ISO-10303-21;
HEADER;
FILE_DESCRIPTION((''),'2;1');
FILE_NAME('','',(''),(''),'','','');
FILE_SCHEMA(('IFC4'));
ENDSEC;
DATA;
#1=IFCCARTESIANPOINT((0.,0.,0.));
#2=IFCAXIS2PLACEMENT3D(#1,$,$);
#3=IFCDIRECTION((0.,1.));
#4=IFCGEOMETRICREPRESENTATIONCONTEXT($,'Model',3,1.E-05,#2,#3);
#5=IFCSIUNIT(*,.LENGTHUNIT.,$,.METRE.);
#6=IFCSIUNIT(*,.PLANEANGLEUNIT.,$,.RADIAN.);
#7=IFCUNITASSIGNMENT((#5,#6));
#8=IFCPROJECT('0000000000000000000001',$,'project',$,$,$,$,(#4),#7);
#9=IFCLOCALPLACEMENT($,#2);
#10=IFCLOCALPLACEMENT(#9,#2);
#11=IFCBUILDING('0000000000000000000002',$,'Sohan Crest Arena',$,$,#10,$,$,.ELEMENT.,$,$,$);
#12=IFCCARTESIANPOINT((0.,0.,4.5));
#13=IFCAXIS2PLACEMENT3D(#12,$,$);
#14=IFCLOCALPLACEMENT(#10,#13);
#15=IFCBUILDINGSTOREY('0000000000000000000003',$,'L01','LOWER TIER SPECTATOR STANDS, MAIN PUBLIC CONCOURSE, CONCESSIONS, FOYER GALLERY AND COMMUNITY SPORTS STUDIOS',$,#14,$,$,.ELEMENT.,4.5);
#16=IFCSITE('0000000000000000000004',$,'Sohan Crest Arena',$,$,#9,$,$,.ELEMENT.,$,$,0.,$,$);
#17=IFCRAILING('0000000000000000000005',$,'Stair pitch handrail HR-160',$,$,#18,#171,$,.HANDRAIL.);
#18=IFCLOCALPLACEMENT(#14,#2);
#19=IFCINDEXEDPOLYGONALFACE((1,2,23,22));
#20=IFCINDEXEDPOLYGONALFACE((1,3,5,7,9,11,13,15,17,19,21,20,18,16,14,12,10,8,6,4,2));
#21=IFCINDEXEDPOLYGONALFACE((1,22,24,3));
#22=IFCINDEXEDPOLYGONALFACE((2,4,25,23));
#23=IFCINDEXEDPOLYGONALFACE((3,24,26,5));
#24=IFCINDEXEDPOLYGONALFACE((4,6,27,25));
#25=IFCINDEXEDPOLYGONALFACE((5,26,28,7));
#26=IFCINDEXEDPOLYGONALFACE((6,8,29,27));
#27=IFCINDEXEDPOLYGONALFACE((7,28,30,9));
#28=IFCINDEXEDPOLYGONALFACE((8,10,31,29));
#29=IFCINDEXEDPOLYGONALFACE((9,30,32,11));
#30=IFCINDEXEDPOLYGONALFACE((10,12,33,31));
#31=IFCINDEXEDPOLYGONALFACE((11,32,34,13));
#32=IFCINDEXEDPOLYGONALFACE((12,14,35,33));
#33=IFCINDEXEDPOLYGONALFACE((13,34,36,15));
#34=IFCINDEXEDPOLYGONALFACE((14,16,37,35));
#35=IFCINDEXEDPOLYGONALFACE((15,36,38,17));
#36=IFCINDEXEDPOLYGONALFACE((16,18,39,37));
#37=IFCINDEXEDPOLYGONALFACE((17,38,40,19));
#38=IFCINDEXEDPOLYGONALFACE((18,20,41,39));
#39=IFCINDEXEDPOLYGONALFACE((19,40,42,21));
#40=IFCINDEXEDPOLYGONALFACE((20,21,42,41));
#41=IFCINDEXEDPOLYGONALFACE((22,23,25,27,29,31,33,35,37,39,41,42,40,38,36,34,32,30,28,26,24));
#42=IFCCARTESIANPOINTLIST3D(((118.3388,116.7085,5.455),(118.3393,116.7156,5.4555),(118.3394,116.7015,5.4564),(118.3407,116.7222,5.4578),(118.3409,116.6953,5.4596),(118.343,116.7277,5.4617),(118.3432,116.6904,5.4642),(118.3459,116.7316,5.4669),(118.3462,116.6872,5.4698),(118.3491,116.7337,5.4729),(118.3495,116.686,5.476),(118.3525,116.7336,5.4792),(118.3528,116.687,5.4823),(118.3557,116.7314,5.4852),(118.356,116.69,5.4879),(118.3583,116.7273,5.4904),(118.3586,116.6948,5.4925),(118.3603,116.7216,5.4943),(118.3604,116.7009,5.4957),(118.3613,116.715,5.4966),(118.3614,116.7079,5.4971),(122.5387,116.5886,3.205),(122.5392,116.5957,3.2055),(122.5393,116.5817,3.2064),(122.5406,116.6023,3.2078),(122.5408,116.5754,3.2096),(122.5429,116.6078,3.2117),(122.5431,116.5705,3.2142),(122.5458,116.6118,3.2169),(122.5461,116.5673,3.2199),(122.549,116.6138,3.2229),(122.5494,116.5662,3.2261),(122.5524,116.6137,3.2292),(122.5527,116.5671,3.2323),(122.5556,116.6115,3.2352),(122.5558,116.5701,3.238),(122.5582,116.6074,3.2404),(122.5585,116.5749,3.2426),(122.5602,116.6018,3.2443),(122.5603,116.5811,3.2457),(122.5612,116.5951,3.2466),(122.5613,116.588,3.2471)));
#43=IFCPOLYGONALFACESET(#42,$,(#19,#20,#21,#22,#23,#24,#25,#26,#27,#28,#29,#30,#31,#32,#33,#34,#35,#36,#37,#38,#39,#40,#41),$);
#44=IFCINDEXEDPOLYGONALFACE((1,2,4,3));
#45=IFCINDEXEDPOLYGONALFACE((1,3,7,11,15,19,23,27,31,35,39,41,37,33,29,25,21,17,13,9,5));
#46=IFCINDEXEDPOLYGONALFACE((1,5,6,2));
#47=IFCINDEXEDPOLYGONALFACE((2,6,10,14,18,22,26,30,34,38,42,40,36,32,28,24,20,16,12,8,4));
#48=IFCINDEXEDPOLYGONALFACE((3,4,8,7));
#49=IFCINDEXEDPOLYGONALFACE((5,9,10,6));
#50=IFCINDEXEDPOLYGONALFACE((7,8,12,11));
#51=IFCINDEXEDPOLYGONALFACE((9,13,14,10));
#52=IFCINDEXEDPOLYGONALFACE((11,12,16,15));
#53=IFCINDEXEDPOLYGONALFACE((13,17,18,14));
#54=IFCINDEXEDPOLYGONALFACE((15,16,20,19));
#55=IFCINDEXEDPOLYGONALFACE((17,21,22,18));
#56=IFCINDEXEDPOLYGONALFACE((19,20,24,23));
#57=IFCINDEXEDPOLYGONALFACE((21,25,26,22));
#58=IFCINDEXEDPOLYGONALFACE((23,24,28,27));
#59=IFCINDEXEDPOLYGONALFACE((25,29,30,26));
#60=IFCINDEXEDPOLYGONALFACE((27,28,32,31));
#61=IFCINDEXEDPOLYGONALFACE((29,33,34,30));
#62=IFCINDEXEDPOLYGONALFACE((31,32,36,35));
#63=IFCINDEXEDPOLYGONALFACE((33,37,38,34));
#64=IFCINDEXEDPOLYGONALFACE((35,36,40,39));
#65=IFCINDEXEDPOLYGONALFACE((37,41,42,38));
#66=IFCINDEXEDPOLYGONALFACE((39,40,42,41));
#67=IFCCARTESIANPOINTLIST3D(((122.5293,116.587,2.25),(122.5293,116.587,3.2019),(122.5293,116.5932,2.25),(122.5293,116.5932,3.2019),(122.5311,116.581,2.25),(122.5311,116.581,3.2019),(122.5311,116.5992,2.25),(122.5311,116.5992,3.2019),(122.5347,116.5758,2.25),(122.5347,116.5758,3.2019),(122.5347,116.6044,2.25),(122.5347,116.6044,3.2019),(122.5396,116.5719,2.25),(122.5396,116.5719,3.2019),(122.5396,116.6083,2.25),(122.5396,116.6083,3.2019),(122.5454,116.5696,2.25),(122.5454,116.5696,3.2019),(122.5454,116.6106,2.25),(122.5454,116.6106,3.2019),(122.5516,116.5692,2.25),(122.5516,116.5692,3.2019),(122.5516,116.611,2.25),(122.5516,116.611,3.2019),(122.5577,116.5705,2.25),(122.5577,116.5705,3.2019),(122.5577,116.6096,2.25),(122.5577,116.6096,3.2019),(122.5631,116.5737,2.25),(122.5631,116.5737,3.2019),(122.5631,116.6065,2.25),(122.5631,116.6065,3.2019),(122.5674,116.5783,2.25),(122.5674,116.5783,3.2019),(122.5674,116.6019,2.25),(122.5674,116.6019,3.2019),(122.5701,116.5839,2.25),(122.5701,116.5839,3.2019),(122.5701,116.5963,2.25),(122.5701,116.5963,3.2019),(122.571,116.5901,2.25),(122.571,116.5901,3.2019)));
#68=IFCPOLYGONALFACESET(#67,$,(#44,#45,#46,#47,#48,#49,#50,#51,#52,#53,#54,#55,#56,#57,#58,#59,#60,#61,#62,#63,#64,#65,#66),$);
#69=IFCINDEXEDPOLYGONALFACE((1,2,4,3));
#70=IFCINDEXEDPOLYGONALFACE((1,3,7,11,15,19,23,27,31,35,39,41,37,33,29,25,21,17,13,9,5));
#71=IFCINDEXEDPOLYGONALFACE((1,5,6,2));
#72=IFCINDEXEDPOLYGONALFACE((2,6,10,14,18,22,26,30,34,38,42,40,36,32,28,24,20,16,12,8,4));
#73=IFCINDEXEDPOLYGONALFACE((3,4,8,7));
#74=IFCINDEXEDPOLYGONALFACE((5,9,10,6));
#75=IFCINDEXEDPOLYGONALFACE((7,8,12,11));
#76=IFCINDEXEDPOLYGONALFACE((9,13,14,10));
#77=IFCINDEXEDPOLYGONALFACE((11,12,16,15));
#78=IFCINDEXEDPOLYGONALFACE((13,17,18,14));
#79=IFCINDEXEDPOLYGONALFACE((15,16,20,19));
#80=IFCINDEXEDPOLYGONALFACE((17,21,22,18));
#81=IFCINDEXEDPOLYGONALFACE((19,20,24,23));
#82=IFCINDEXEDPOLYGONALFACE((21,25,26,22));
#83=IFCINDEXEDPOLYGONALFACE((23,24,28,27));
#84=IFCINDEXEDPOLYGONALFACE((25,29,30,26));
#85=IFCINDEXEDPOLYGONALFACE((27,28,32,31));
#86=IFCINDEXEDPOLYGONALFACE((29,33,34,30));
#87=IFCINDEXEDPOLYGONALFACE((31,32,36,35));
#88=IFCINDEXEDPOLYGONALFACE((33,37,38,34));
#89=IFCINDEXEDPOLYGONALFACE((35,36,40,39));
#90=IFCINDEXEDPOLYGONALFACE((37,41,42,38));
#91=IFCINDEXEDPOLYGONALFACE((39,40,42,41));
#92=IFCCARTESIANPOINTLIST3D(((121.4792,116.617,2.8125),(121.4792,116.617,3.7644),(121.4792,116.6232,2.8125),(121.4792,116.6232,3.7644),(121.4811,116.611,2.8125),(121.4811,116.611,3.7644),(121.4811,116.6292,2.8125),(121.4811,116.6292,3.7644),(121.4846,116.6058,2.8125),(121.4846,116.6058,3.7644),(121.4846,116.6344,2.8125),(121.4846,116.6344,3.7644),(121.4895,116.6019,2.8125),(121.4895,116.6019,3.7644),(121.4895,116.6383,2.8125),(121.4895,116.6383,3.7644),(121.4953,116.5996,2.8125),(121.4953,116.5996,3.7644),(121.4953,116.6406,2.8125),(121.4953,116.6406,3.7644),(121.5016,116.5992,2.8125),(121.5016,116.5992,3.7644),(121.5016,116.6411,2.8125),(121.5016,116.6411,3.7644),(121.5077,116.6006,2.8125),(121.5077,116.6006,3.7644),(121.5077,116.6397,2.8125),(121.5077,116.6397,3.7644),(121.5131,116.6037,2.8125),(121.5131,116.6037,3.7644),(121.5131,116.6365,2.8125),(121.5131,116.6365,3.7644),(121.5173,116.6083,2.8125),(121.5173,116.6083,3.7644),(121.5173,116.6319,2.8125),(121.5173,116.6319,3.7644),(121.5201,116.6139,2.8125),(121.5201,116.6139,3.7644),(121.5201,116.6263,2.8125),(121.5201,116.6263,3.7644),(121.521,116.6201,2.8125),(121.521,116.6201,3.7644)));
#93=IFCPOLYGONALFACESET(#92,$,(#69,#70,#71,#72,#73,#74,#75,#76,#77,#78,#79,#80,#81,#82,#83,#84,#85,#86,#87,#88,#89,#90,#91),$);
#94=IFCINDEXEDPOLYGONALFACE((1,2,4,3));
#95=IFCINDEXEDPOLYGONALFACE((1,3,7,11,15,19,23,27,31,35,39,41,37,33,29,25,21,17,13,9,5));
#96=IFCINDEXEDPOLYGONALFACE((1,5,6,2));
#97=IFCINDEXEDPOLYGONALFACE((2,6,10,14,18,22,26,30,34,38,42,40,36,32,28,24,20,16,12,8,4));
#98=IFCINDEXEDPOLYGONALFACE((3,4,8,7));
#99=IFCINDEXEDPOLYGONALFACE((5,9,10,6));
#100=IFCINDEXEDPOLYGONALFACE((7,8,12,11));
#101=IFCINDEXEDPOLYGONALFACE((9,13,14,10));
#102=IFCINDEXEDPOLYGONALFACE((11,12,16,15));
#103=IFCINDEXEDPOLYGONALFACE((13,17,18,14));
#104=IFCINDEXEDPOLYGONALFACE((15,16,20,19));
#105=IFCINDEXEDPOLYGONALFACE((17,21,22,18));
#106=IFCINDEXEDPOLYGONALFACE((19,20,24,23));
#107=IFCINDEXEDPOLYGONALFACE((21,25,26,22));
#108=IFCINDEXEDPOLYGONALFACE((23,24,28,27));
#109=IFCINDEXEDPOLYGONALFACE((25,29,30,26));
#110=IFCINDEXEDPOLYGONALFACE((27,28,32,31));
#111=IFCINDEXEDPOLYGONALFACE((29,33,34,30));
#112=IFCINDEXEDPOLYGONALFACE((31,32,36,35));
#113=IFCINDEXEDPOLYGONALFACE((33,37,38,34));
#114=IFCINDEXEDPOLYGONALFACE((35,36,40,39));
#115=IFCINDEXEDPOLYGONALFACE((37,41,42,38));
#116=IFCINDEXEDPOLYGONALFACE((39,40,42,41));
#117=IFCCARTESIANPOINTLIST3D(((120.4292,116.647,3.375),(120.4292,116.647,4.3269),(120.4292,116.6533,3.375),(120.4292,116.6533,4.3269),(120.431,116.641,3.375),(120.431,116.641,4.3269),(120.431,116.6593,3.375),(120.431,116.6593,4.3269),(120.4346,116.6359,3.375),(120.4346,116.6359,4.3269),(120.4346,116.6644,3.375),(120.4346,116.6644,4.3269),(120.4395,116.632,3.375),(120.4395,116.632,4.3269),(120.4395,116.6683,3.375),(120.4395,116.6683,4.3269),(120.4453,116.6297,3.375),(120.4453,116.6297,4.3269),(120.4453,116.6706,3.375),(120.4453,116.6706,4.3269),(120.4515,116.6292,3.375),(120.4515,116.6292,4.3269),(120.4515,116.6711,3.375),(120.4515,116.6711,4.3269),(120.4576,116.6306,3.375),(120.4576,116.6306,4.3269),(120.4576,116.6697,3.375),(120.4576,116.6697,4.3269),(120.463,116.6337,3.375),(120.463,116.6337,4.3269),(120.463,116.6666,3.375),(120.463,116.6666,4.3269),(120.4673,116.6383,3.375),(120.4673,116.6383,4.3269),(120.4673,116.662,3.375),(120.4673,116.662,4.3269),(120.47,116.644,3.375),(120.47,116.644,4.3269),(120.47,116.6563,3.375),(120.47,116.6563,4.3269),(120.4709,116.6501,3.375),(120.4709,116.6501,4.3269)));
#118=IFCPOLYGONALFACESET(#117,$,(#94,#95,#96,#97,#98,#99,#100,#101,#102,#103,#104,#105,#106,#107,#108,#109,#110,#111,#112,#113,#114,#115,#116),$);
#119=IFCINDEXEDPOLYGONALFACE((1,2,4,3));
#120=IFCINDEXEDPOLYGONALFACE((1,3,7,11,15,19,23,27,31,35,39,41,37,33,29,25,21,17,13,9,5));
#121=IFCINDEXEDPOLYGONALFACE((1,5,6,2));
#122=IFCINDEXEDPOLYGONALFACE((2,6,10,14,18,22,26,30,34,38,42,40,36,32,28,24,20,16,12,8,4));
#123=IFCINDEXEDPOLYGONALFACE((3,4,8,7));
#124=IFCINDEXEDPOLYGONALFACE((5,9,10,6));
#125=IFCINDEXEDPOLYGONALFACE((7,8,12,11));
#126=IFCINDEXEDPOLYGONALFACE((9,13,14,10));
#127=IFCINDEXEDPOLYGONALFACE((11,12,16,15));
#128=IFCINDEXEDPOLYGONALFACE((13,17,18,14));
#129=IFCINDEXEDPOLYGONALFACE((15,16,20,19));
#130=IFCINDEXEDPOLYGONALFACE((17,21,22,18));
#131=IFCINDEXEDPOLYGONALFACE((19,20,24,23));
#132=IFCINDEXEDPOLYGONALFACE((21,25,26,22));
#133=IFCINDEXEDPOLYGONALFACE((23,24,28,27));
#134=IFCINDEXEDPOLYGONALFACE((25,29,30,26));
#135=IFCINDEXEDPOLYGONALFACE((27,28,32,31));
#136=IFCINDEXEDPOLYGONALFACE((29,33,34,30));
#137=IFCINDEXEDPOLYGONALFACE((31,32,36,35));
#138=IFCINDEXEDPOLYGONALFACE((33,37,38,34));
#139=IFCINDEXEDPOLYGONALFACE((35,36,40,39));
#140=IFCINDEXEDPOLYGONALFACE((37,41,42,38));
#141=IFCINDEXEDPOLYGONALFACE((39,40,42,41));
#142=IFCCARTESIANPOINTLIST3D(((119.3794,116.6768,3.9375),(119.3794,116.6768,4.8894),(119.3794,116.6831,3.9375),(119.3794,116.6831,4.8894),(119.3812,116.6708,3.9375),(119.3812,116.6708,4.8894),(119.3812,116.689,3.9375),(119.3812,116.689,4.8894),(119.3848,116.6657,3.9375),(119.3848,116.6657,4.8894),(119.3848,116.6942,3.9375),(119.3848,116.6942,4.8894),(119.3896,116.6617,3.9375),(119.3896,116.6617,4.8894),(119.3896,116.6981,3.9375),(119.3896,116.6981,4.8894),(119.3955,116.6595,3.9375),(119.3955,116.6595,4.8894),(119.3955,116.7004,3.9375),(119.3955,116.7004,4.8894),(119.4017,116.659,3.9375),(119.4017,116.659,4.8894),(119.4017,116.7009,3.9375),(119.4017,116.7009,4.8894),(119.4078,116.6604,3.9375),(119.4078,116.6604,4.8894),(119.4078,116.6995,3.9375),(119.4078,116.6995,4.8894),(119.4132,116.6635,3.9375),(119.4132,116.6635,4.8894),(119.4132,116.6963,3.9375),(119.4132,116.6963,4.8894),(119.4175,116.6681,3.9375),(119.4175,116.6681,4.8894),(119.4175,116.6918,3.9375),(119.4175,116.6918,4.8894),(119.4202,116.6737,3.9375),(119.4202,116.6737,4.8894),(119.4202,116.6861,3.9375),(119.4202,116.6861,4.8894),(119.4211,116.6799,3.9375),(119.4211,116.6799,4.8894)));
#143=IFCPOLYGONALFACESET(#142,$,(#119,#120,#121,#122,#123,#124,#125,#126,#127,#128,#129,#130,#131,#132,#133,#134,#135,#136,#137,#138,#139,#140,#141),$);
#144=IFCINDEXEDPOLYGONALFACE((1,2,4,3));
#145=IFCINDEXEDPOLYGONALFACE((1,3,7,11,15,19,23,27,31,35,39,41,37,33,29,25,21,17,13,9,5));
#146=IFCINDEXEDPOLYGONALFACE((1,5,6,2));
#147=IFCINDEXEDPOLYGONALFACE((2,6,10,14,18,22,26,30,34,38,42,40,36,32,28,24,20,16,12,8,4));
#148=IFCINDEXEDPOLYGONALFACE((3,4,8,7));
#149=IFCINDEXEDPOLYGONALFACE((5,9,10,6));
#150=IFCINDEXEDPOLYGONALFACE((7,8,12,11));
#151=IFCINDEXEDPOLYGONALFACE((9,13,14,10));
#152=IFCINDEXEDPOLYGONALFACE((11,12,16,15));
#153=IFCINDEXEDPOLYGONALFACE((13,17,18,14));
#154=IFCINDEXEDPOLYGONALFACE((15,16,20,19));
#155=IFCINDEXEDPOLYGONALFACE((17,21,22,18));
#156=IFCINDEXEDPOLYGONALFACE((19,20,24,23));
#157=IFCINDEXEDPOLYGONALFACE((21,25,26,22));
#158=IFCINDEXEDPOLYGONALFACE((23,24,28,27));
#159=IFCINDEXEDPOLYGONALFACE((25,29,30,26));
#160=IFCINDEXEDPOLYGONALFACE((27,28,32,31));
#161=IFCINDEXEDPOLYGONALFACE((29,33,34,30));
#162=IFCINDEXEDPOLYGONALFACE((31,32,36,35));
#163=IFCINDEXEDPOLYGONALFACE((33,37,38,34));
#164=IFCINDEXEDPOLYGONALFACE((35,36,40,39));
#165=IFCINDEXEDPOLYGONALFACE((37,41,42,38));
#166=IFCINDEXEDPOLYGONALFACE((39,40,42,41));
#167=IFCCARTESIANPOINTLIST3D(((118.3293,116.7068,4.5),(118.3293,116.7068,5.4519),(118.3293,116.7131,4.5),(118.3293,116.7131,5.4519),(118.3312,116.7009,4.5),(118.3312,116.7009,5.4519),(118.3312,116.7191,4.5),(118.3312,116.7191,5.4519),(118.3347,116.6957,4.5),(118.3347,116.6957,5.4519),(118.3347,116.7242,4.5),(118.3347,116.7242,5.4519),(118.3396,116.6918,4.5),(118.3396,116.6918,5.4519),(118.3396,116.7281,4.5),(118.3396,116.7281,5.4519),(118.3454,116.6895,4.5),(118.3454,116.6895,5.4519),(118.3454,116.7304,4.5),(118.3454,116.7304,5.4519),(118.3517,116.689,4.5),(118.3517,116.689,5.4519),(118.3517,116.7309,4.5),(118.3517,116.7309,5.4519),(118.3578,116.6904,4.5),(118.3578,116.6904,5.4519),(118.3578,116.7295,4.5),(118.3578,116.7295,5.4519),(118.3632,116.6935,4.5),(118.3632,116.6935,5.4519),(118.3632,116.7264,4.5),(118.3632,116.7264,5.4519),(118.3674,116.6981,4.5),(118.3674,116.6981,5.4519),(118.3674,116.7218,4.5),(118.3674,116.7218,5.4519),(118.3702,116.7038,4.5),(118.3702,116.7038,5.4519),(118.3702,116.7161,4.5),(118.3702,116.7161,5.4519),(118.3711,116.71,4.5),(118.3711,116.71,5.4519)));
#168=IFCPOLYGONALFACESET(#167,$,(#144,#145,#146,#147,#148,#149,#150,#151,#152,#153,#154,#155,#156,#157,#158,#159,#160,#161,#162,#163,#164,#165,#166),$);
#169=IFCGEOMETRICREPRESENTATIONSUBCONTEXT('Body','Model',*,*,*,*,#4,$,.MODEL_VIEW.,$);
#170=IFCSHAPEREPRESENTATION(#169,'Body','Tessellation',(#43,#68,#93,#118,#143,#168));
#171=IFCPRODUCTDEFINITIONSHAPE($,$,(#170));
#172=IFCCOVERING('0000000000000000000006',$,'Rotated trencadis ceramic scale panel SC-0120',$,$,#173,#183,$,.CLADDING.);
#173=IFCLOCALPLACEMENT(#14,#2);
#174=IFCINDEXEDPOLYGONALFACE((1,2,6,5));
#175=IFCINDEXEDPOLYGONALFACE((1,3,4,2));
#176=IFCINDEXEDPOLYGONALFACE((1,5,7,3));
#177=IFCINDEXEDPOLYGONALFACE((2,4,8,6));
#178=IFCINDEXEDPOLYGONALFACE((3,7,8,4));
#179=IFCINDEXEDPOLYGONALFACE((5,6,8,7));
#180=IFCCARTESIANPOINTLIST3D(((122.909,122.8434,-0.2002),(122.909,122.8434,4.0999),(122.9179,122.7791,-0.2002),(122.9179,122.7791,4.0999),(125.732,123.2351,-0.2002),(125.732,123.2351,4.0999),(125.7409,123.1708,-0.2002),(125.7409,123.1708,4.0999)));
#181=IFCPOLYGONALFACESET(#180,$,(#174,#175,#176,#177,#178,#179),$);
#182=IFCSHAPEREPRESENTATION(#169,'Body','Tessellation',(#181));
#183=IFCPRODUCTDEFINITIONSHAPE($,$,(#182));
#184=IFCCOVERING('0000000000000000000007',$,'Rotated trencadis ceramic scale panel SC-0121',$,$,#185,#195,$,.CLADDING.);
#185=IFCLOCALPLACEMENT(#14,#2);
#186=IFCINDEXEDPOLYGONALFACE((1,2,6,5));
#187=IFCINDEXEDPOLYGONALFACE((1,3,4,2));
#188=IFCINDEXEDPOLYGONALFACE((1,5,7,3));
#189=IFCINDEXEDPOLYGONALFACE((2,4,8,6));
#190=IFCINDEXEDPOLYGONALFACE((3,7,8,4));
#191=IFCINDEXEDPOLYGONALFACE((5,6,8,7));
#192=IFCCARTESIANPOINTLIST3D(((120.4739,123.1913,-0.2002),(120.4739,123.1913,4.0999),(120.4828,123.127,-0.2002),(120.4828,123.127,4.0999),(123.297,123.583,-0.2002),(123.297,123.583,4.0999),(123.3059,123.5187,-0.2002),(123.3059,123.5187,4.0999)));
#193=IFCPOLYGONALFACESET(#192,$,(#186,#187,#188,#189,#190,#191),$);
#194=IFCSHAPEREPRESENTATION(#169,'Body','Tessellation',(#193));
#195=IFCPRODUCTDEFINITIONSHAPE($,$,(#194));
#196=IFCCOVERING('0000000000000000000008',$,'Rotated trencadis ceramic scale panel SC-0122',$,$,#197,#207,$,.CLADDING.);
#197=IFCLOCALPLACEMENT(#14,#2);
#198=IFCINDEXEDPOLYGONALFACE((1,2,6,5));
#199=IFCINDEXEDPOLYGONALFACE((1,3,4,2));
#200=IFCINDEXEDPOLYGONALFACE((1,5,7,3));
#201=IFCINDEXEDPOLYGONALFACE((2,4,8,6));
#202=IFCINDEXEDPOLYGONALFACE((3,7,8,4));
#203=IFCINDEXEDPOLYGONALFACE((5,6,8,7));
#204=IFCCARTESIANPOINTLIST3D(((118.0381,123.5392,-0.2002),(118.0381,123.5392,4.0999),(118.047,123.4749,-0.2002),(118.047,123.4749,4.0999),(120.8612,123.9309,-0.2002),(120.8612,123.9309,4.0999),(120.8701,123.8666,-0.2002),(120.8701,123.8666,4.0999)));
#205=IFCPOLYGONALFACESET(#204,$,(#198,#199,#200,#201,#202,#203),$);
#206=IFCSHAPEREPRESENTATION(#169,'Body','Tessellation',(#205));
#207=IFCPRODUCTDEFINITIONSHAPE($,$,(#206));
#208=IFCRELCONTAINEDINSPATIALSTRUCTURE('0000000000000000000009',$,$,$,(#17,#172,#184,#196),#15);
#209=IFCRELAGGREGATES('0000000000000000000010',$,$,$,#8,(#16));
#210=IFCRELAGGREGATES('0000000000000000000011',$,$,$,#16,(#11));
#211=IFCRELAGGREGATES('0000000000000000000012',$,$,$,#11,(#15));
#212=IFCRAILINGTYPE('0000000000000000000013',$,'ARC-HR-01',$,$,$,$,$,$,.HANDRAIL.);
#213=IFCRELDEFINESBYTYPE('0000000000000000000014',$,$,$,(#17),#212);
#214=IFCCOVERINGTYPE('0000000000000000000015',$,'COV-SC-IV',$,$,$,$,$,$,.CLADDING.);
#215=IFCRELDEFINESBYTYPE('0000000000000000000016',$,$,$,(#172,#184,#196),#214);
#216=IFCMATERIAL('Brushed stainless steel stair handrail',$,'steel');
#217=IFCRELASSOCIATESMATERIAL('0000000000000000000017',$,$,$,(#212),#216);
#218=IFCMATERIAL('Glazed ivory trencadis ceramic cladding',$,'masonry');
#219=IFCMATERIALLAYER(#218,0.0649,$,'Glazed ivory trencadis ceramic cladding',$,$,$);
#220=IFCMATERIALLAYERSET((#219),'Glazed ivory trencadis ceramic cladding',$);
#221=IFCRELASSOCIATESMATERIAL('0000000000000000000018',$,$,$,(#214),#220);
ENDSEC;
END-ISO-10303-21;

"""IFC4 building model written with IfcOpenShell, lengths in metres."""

from ifc_helpers import new_model, si_unit, direction, frame, origin, origin_2d, place, context, subcontext, project, spatial, rectangle, circle, extrude, material, layer, layer_set, type_object, element, save


model = new_model("IFC4")

# Units and contexts
model_context = context("Model", 3, precision=1e-05, world=origin(), true_north=direction((0.0, 1.0)))
body_context = subcontext(model_context, "Body", "Model", "MODEL_VIEW")
ifc_project = project(units=[si_unit("LENGTHUNIT", "METRE"), si_unit("PLANEANGLEUNIT", "RADIAN")], contexts=[model_context])

# Site, building, storey
site_placement = place(None, origin())
site = spatial("IfcSite", under=ifc_project, at=site_placement, Name="Sohan Crest Arena", CompositionType="ELEMENT", RefElevation=0.0)
building_placement = place(site_placement, origin())
building = spatial("IfcBuilding", under=site, at=building_placement, Name="Sohan Crest Arena", CompositionType="ELEMENT")
storey_placement = place(building_placement, frame((0.0, 0.0, 4.5)))
storey = spatial("IfcBuildingStorey", under=building, at=storey_placement, Name="L01", Description="LOWER TIER SPECTATOR STANDS, MAIN PUBLIC CONCOURSE, CONCESSIONS, FOYER GALLERY AND COMMUNITY SPORTS STUDIOS", CompositionType="ELEMENT", Elevation=4.5)

# Railing
ifc_material_1 = material(Name="Brushed stainless steel stair handrail", Category="steel")
railing_type = type_object("IfcRailingType", Name="ARC-HR-01", PredefinedType="HANDRAIL", material=ifc_material_1)
railing_placement = place(storey_placement, frame((122.55, 116.5901, 2.25)))
element("IfcRailing", 1, at=railing_placement, inside=storey, type_object=railing_type, Name="Stair pitch handrail HR-160", PredefinedType="HANDRAIL", context=body_context, shape_type="SweptSolid", body=[
    extrude(circle(Radius=0.0239, at=origin_2d()), frame((0.0, 0.0, 0.9761), z_axis=(-0.881199, 0.025151, 0.472076), x_axis=(-0.02853, -0.999593, 0.0)), (0.0, 0.0, 1.0), 4.7661),
    extrude(circle(Radius=0.021, at=origin_2d()), origin(), (0.0, 0.0, 1.0), 0.9519),
    extrude(circle(Radius=0.021, at=origin_2d()), frame((-1.05, 0.03, 0.5625)), (0.0, 0.0, 1.0), 0.9519),
    extrude(circle(Radius=0.021, at=origin_2d()), frame((-2.1001, 0.0601, 1.125)), (0.0, 0.0, 1.0), 0.9519),
    extrude(circle(Radius=0.021, at=origin_2d()), frame((-3.1499, 0.0898, 1.6875)), (0.0, 0.0, 1.0), 0.9519),
    extrude(circle(Radius=0.021, at=origin_2d()), frame((-4.2, 0.1199, 2.25)), (0.0, 0.0, 1.0), 0.9519),
])

# Coverings
ifc_material_2 = material(Name="Glazed ivory trencadis ceramic cladding", Category="masonry")
ifc_layer_1 = layer(ifc_material_2, 0.0649, Name="Glazed ivory trencadis ceramic cladding")
ifc_layer_set_1 = layer_set([ifc_layer_1], Name="Glazed ivory trencadis ceramic cladding")
covering_type = type_object("IfcCoveringType", Name="COV-SC-IV", PredefinedType="CLADDING", material=ifc_layer_set_1)
for number, where, z_axis, x_axis, name in (
    (2, (124.325, 123.0071, -0.2002), (0.0, 0.0, 1.0), (-0.990509, -0.137445, 0.0), "Rotated trencadis ceramic scale panel SC-0120"),
    (3, (121.8899, 123.355, -0.2002), (0.0, 0.0, 1.0), (-0.990509, -0.137445, 0.0), "Rotated trencadis ceramic scale panel SC-0121"),
    (4, (119.4541, 123.7029, -0.2002), (0.0, 0.0, 1.0), (-0.990509, -0.137445, 0.0), "Rotated trencadis ceramic scale panel SC-0122"),
):
    element("IfcCovering", number, at=place(storey_placement, frame(where, z_axis=z_axis, x_axis=x_axis)), inside=storey, type_object=covering_type, Name=name, PredefinedType="CLADDING", context=body_context, shape_type="SweptSolid", body=[
        extrude(rectangle(XDim=2.8501, YDim=0.0649, at=origin_2d()), origin(), (0.0, 0.0, 1.0), 4.3),
    ])

save(model, "model.ifc")
